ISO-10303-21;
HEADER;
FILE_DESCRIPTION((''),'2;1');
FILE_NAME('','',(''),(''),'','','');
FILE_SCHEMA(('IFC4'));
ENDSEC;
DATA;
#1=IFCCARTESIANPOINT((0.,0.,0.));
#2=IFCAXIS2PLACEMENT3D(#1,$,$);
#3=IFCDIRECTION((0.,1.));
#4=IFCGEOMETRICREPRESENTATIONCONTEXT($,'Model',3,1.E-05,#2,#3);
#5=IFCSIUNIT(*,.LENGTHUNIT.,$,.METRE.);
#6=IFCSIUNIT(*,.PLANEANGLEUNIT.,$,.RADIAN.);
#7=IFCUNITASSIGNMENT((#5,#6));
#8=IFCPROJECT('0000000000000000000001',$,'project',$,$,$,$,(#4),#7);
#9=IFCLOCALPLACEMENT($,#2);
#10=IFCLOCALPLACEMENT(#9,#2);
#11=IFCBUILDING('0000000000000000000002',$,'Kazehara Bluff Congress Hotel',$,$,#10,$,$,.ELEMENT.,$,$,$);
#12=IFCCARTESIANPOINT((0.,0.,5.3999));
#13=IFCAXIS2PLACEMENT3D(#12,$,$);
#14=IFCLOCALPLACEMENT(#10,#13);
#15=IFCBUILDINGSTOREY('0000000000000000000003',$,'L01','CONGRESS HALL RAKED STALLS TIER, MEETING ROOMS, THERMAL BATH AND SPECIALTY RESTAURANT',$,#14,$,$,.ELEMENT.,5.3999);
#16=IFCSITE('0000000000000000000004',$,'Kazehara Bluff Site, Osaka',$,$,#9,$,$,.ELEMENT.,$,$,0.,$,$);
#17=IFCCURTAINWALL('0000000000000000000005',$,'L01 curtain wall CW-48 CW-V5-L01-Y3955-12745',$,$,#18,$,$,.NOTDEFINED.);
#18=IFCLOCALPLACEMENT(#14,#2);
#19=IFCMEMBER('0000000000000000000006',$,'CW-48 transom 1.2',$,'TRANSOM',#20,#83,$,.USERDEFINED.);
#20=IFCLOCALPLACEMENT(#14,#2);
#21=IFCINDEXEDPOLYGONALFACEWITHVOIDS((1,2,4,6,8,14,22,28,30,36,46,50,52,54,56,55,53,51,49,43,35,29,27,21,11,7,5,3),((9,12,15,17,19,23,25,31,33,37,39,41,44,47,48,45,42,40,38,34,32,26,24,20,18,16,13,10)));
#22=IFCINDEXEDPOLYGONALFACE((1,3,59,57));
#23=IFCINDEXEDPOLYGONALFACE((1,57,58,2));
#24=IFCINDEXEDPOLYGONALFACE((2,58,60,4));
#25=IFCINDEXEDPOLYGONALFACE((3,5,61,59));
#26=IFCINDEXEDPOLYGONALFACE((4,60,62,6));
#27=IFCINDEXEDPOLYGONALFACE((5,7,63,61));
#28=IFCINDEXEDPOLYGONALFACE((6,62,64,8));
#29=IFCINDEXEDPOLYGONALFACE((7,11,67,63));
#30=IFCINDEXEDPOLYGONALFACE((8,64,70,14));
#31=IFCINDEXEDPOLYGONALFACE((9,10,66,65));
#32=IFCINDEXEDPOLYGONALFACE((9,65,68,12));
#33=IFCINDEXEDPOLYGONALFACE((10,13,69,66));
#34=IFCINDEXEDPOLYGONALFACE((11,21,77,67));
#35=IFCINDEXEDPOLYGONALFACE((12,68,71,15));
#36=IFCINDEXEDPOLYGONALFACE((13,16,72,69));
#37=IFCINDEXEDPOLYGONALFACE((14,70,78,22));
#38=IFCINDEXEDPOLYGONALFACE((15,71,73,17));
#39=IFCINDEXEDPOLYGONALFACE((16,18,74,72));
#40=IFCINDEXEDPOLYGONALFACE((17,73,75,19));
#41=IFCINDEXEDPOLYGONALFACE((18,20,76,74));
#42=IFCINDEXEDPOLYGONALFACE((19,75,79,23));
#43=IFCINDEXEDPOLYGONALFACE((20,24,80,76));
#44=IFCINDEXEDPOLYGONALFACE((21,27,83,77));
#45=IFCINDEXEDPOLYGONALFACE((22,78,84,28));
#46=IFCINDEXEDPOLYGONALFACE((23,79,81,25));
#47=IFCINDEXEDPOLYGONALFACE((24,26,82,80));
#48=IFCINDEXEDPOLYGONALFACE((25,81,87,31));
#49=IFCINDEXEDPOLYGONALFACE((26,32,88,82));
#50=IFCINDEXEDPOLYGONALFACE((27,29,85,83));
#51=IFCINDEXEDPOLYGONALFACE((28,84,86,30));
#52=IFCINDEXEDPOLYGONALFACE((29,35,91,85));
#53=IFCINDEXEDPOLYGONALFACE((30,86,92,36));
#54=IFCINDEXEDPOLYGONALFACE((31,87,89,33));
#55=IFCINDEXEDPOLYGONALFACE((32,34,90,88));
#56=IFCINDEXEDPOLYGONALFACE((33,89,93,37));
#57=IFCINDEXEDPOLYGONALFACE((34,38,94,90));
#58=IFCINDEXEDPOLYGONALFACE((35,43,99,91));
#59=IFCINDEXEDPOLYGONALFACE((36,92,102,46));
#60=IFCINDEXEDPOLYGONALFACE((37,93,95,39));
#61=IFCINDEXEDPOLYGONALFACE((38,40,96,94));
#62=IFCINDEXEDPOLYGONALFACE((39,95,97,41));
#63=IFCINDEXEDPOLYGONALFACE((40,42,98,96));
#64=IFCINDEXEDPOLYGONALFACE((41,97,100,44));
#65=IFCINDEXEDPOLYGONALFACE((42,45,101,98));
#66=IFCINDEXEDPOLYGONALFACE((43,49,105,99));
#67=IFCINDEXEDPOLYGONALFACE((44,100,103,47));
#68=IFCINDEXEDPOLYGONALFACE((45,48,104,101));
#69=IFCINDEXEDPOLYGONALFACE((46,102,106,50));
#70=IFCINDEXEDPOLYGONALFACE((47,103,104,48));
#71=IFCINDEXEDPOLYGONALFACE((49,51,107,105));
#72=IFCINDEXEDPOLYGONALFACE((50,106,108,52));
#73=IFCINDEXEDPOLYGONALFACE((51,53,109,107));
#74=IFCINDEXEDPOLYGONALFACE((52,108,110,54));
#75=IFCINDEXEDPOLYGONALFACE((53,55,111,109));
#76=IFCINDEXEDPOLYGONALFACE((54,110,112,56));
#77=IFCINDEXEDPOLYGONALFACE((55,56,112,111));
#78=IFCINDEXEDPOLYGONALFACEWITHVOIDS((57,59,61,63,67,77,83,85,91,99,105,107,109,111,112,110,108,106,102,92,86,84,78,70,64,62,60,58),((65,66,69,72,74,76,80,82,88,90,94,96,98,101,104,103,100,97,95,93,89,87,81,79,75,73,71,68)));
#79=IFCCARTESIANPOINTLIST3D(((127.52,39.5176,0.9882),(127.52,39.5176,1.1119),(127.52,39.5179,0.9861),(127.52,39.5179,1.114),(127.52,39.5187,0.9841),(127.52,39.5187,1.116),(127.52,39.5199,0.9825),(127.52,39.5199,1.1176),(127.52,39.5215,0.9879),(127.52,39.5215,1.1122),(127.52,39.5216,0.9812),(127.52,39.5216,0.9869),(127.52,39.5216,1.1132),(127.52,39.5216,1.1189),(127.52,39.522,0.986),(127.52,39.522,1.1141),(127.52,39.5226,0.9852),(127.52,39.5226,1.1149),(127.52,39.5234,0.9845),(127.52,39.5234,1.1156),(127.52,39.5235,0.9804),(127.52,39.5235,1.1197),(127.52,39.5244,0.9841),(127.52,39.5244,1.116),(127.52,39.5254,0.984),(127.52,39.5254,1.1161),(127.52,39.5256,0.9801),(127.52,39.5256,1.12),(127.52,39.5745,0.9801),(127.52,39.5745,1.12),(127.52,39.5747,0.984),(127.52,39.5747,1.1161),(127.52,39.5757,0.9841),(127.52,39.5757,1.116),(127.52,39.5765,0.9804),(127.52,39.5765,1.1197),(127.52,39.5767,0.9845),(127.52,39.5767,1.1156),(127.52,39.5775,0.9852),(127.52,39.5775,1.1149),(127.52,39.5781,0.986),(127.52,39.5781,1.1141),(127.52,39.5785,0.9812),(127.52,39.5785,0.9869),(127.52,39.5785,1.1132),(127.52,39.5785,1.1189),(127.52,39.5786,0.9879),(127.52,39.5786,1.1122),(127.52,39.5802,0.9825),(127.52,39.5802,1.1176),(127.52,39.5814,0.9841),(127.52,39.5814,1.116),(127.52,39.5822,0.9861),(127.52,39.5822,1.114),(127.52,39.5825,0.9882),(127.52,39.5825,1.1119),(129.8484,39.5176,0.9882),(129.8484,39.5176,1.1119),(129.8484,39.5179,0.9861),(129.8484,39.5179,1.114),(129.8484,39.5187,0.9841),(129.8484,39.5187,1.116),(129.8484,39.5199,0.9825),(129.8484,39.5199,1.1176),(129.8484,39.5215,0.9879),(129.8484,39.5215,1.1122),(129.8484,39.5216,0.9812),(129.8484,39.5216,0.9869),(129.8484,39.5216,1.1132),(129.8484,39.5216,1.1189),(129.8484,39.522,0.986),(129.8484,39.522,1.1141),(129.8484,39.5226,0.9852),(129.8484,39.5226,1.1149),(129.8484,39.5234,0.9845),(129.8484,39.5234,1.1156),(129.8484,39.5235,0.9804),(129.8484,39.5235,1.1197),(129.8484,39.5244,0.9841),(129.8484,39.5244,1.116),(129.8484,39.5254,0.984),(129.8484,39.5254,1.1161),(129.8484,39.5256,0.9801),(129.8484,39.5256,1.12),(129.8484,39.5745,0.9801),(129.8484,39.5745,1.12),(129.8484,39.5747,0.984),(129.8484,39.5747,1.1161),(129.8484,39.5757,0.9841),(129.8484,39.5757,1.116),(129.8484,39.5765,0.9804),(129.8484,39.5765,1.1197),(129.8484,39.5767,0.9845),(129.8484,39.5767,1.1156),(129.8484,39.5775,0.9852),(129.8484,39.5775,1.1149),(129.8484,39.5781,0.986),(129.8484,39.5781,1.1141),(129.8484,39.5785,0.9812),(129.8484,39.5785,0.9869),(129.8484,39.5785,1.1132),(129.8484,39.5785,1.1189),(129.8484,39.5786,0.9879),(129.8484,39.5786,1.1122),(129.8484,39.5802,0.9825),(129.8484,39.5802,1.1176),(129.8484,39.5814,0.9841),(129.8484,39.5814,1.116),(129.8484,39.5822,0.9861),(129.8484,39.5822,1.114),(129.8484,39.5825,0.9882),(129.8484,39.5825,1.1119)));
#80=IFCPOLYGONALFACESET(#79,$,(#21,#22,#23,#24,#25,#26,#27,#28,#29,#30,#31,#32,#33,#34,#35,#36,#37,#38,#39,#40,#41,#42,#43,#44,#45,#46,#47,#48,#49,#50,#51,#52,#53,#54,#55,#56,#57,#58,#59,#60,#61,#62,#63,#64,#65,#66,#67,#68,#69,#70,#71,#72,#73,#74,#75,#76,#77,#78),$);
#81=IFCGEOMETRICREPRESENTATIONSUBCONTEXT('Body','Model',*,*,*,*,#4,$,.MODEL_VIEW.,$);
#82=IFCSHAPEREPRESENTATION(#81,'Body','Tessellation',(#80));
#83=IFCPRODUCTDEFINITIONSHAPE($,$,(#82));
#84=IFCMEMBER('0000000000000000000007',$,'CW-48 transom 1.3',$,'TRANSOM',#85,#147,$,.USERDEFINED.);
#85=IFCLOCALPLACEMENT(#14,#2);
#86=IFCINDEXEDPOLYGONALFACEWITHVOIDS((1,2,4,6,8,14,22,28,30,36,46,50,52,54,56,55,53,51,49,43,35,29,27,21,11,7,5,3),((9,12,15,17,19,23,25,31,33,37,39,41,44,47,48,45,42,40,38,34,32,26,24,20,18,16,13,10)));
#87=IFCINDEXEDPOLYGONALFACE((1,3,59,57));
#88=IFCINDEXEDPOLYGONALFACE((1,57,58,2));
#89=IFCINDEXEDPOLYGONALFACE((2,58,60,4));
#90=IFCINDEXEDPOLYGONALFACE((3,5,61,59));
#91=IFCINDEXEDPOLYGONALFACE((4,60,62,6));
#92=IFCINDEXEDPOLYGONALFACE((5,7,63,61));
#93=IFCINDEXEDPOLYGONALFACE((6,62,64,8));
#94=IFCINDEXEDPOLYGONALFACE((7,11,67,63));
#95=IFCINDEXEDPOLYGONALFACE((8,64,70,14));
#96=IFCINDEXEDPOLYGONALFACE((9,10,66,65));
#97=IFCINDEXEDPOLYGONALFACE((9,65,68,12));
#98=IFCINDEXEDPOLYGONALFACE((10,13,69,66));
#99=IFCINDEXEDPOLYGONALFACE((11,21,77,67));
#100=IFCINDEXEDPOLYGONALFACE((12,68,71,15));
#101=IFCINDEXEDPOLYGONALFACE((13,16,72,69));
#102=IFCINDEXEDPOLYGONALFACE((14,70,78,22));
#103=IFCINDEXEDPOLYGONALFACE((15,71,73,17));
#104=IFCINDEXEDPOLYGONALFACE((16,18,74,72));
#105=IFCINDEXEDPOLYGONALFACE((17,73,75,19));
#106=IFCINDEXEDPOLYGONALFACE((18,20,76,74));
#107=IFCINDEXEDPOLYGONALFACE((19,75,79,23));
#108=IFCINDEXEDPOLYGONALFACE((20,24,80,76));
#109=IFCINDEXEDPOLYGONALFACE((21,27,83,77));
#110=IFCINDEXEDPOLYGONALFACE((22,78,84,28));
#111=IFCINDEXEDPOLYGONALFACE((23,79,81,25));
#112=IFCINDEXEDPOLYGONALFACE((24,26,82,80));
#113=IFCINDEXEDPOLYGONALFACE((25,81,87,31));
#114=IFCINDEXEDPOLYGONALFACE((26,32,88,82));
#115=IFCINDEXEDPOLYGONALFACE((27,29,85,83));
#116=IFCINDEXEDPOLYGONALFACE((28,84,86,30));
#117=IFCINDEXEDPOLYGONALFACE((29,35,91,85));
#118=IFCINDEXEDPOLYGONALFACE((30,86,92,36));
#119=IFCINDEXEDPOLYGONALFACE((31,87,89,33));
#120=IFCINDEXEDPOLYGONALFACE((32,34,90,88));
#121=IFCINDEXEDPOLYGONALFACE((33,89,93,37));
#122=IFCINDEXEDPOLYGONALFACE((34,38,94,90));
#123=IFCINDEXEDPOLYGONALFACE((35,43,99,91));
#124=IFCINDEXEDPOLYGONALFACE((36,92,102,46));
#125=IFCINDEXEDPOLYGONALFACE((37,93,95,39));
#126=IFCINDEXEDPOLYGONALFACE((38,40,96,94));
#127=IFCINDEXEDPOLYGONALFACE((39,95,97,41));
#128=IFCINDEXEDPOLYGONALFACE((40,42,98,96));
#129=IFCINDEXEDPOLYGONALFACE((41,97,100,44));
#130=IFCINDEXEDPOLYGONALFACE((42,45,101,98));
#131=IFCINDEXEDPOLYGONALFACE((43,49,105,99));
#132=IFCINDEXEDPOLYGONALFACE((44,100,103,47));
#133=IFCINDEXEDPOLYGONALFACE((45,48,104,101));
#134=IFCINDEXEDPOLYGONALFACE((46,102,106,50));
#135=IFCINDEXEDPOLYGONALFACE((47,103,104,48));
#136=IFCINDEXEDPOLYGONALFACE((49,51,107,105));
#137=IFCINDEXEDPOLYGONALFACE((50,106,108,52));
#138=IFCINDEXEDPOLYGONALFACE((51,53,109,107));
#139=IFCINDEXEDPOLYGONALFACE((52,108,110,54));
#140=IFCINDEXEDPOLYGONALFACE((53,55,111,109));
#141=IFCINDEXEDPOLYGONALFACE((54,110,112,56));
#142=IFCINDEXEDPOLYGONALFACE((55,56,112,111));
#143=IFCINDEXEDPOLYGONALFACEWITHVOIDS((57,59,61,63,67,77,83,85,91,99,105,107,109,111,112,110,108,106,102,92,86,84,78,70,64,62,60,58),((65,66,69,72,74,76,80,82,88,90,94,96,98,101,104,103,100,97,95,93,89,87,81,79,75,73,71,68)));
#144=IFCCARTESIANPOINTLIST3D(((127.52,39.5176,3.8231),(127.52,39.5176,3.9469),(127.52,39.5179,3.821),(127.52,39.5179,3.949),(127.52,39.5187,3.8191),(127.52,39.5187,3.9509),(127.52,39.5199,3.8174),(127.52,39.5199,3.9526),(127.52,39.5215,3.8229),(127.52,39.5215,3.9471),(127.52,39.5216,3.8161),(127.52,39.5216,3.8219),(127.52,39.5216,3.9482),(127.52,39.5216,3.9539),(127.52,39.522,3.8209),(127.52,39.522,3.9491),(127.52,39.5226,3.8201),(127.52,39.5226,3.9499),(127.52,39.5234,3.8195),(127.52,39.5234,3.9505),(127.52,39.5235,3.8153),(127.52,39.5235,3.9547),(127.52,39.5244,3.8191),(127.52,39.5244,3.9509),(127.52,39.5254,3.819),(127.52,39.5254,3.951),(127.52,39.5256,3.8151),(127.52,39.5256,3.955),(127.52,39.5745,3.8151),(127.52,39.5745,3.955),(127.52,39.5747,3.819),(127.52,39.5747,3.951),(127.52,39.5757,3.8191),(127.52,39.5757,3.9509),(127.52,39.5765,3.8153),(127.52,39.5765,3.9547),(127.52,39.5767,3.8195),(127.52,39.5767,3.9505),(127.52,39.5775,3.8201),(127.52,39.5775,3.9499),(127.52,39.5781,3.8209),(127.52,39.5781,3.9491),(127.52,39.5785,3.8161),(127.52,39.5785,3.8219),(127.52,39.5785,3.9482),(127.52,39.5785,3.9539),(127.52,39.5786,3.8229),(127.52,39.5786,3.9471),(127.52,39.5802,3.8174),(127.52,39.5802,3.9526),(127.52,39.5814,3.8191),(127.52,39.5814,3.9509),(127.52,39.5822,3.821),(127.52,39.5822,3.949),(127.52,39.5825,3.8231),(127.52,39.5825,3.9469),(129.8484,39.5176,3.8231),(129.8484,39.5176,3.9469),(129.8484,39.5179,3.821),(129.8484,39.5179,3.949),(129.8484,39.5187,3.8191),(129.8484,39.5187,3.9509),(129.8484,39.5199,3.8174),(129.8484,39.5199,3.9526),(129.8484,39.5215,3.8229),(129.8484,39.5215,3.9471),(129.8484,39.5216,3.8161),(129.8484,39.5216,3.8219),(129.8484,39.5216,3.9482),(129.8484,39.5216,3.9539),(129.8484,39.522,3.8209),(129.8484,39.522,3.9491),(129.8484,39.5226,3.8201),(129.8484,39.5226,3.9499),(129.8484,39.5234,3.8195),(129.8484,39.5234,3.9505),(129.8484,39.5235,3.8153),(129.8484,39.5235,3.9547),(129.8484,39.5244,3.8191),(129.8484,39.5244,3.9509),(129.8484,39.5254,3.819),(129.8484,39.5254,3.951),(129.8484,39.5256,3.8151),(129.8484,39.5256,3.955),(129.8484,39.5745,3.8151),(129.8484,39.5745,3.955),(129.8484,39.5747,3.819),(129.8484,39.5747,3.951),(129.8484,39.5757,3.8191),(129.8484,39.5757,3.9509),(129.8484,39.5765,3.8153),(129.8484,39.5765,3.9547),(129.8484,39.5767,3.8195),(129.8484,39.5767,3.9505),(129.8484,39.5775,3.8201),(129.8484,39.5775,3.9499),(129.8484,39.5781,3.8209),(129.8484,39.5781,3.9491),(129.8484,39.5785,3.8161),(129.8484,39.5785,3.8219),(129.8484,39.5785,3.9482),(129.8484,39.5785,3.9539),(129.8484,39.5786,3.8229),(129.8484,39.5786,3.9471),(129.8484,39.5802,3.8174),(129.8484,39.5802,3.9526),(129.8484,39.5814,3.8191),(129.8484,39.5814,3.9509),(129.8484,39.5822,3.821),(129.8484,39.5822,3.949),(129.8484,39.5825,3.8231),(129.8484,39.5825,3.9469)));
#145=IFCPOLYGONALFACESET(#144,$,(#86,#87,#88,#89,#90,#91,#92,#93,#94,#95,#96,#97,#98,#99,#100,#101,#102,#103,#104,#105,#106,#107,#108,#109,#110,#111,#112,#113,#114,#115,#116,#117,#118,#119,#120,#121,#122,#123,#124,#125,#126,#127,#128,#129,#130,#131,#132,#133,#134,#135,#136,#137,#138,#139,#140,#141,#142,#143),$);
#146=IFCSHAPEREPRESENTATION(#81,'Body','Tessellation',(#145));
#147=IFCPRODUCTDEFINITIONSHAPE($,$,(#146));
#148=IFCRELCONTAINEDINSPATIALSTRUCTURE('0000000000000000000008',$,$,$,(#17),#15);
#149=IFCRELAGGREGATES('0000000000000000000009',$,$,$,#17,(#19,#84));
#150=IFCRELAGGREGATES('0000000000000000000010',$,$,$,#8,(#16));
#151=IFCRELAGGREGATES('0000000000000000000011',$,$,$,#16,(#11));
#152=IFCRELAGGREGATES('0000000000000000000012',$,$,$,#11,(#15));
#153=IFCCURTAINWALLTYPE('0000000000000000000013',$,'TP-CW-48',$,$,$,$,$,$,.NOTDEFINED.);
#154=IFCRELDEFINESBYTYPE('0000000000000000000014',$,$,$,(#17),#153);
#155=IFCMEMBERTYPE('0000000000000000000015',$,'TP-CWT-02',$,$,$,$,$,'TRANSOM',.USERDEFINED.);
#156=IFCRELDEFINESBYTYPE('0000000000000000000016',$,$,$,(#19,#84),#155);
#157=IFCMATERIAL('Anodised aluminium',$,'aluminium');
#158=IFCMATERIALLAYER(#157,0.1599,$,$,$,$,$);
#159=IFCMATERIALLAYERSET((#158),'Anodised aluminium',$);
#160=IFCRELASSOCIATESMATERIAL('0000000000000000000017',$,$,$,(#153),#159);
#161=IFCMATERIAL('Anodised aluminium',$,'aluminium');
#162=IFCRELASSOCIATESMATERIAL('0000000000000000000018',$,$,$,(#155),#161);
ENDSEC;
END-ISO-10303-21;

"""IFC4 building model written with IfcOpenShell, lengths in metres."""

from ifc_helpers import new_model, si_unit, direction, frame, origin, origin_2d, place, context, subcontext, project, spatial, hollow_rectangle, extrude, material, layer, layer_set, material_profile, profile_set, type_object, element, aggregate, save


model = new_model("IFC4")

# Units and contexts
model_context = context("Model", 3, precision=1e-05, world=origin(), true_north=direction((0.0, 1.0)))
body_context = subcontext(model_context, "Body", "Model", "MODEL_VIEW")
ifc_project = project(units=[si_unit("LENGTHUNIT", "METRE"), si_unit("PLANEANGLEUNIT", "RADIAN")], contexts=[model_context])

# Site, building, storey
site_placement = place(None, origin())
site = spatial("IfcSite", under=ifc_project, at=site_placement, Name="Kazehara Bluff Site, Osaka", CompositionType="ELEMENT", RefElevation=0.0)
building_placement = place(site_placement, origin())
building = spatial("IfcBuilding", under=site, at=building_placement, Name="Kazehara Bluff Congress Hotel", CompositionType="ELEMENT")
storey_placement = place(building_placement, frame((0.0, 0.0, 5.3999)))
storey = spatial("IfcBuildingStorey", under=building, at=storey_placement, Name="L01", Description="CONGRESS HALL RAKED STALLS TIER, MEETING ROOMS, THERMAL BATH AND SPECIALTY RESTAURANT", CompositionType="ELEMENT", Elevation=5.3999)

# Shared definitions
ifc_material_1 = material(Name="Anodised aluminium", Category="aluminium")
ifc_layer_1 = layer(ifc_material_1, 0.1599)
ifc_layer_set_1 = layer_set([ifc_layer_1], Name="Anodised aluminium")
curtain_wall_type_1 = type_object("IfcCurtainWallType", Name="TP-CW-48", PredefinedType="NOTDEFINED", material=ifc_layer_set_1)

# Curtain wall
curtain_wall_1_placement = place(storey_placement, origin())
curtain_wall_1 = element("IfcCurtainWall", 1, at=curtain_wall_1_placement, inside=storey, type_object=curtain_wall_type_1, Name="L01 curtain wall CW-48 CW-V5-L01-Y3955-12745", PredefinedType="NOTDEFINED")
ifc_material_2 = material(Name="Anodised aluminium", Category="aluminium")
ifc_material_profile_1 = material_profile(ifc_material_2, hollow_rectangle(XDim=0.0649, YDim=0.1399, WallThickness=0.0039, InnerFilletRadius=0.0039, OuterFilletRadius=0.0081, at=origin_2d()))
ifc_profile_set_1 = profile_set([ifc_material_profile_1], Name="Anodised aluminium")
member_type_1 = type_object("IfcMemberType", Name="TP-CWT-02", ElementType="TRANSOM", PredefinedType="USERDEFINED", material=ifc_profile_set_1)

# Members
member_1_placement = place(storey_placement, frame((127.52, 39.55, 1.05), z_axis=(1.0, 0.0, 0.0), x_axis=(0.0, 1.0, 0.0)))
member_1 = element("IfcMember", 2, at=member_1_placement, type_object=member_type_1, Name="CW-48 transom 1.2", ObjectType="TRANSOM", PredefinedType="USERDEFINED", context=body_context, shape_type="SweptSolid", body=[
    extrude(hollow_rectangle(XDim=0.0649, YDim=0.1399, WallThickness=0.0039, InnerFilletRadius=0.0039, OuterFilletRadius=0.0081, at=origin_2d()), origin(), (0.0, 0.0, 1.0), 2.3284),
])
member_2_placement = place(storey_placement, frame((127.52, 39.55, 3.885), z_axis=(1.0, 0.0, 0.0), x_axis=(0.0, 1.0, 0.0)))
member_2 = element("IfcMember", 3, at=member_2_placement, type_object=member_type_1, Name="CW-48 transom 1.3", ObjectType="TRANSOM", PredefinedType="USERDEFINED", context=body_context, shape_type="SweptSolid", body=[
    extrude(hollow_rectangle(XDim=0.0649, YDim=0.1399, WallThickness=0.0039, InnerFilletRadius=0.0039, OuterFilletRadius=0.0081, at=origin_2d()), origin(), (0.0, 0.0, 1.0), 2.3284),
])

aggregate(curtain_wall_1, [member_1, member_2])

save(model, "model.ifc")
